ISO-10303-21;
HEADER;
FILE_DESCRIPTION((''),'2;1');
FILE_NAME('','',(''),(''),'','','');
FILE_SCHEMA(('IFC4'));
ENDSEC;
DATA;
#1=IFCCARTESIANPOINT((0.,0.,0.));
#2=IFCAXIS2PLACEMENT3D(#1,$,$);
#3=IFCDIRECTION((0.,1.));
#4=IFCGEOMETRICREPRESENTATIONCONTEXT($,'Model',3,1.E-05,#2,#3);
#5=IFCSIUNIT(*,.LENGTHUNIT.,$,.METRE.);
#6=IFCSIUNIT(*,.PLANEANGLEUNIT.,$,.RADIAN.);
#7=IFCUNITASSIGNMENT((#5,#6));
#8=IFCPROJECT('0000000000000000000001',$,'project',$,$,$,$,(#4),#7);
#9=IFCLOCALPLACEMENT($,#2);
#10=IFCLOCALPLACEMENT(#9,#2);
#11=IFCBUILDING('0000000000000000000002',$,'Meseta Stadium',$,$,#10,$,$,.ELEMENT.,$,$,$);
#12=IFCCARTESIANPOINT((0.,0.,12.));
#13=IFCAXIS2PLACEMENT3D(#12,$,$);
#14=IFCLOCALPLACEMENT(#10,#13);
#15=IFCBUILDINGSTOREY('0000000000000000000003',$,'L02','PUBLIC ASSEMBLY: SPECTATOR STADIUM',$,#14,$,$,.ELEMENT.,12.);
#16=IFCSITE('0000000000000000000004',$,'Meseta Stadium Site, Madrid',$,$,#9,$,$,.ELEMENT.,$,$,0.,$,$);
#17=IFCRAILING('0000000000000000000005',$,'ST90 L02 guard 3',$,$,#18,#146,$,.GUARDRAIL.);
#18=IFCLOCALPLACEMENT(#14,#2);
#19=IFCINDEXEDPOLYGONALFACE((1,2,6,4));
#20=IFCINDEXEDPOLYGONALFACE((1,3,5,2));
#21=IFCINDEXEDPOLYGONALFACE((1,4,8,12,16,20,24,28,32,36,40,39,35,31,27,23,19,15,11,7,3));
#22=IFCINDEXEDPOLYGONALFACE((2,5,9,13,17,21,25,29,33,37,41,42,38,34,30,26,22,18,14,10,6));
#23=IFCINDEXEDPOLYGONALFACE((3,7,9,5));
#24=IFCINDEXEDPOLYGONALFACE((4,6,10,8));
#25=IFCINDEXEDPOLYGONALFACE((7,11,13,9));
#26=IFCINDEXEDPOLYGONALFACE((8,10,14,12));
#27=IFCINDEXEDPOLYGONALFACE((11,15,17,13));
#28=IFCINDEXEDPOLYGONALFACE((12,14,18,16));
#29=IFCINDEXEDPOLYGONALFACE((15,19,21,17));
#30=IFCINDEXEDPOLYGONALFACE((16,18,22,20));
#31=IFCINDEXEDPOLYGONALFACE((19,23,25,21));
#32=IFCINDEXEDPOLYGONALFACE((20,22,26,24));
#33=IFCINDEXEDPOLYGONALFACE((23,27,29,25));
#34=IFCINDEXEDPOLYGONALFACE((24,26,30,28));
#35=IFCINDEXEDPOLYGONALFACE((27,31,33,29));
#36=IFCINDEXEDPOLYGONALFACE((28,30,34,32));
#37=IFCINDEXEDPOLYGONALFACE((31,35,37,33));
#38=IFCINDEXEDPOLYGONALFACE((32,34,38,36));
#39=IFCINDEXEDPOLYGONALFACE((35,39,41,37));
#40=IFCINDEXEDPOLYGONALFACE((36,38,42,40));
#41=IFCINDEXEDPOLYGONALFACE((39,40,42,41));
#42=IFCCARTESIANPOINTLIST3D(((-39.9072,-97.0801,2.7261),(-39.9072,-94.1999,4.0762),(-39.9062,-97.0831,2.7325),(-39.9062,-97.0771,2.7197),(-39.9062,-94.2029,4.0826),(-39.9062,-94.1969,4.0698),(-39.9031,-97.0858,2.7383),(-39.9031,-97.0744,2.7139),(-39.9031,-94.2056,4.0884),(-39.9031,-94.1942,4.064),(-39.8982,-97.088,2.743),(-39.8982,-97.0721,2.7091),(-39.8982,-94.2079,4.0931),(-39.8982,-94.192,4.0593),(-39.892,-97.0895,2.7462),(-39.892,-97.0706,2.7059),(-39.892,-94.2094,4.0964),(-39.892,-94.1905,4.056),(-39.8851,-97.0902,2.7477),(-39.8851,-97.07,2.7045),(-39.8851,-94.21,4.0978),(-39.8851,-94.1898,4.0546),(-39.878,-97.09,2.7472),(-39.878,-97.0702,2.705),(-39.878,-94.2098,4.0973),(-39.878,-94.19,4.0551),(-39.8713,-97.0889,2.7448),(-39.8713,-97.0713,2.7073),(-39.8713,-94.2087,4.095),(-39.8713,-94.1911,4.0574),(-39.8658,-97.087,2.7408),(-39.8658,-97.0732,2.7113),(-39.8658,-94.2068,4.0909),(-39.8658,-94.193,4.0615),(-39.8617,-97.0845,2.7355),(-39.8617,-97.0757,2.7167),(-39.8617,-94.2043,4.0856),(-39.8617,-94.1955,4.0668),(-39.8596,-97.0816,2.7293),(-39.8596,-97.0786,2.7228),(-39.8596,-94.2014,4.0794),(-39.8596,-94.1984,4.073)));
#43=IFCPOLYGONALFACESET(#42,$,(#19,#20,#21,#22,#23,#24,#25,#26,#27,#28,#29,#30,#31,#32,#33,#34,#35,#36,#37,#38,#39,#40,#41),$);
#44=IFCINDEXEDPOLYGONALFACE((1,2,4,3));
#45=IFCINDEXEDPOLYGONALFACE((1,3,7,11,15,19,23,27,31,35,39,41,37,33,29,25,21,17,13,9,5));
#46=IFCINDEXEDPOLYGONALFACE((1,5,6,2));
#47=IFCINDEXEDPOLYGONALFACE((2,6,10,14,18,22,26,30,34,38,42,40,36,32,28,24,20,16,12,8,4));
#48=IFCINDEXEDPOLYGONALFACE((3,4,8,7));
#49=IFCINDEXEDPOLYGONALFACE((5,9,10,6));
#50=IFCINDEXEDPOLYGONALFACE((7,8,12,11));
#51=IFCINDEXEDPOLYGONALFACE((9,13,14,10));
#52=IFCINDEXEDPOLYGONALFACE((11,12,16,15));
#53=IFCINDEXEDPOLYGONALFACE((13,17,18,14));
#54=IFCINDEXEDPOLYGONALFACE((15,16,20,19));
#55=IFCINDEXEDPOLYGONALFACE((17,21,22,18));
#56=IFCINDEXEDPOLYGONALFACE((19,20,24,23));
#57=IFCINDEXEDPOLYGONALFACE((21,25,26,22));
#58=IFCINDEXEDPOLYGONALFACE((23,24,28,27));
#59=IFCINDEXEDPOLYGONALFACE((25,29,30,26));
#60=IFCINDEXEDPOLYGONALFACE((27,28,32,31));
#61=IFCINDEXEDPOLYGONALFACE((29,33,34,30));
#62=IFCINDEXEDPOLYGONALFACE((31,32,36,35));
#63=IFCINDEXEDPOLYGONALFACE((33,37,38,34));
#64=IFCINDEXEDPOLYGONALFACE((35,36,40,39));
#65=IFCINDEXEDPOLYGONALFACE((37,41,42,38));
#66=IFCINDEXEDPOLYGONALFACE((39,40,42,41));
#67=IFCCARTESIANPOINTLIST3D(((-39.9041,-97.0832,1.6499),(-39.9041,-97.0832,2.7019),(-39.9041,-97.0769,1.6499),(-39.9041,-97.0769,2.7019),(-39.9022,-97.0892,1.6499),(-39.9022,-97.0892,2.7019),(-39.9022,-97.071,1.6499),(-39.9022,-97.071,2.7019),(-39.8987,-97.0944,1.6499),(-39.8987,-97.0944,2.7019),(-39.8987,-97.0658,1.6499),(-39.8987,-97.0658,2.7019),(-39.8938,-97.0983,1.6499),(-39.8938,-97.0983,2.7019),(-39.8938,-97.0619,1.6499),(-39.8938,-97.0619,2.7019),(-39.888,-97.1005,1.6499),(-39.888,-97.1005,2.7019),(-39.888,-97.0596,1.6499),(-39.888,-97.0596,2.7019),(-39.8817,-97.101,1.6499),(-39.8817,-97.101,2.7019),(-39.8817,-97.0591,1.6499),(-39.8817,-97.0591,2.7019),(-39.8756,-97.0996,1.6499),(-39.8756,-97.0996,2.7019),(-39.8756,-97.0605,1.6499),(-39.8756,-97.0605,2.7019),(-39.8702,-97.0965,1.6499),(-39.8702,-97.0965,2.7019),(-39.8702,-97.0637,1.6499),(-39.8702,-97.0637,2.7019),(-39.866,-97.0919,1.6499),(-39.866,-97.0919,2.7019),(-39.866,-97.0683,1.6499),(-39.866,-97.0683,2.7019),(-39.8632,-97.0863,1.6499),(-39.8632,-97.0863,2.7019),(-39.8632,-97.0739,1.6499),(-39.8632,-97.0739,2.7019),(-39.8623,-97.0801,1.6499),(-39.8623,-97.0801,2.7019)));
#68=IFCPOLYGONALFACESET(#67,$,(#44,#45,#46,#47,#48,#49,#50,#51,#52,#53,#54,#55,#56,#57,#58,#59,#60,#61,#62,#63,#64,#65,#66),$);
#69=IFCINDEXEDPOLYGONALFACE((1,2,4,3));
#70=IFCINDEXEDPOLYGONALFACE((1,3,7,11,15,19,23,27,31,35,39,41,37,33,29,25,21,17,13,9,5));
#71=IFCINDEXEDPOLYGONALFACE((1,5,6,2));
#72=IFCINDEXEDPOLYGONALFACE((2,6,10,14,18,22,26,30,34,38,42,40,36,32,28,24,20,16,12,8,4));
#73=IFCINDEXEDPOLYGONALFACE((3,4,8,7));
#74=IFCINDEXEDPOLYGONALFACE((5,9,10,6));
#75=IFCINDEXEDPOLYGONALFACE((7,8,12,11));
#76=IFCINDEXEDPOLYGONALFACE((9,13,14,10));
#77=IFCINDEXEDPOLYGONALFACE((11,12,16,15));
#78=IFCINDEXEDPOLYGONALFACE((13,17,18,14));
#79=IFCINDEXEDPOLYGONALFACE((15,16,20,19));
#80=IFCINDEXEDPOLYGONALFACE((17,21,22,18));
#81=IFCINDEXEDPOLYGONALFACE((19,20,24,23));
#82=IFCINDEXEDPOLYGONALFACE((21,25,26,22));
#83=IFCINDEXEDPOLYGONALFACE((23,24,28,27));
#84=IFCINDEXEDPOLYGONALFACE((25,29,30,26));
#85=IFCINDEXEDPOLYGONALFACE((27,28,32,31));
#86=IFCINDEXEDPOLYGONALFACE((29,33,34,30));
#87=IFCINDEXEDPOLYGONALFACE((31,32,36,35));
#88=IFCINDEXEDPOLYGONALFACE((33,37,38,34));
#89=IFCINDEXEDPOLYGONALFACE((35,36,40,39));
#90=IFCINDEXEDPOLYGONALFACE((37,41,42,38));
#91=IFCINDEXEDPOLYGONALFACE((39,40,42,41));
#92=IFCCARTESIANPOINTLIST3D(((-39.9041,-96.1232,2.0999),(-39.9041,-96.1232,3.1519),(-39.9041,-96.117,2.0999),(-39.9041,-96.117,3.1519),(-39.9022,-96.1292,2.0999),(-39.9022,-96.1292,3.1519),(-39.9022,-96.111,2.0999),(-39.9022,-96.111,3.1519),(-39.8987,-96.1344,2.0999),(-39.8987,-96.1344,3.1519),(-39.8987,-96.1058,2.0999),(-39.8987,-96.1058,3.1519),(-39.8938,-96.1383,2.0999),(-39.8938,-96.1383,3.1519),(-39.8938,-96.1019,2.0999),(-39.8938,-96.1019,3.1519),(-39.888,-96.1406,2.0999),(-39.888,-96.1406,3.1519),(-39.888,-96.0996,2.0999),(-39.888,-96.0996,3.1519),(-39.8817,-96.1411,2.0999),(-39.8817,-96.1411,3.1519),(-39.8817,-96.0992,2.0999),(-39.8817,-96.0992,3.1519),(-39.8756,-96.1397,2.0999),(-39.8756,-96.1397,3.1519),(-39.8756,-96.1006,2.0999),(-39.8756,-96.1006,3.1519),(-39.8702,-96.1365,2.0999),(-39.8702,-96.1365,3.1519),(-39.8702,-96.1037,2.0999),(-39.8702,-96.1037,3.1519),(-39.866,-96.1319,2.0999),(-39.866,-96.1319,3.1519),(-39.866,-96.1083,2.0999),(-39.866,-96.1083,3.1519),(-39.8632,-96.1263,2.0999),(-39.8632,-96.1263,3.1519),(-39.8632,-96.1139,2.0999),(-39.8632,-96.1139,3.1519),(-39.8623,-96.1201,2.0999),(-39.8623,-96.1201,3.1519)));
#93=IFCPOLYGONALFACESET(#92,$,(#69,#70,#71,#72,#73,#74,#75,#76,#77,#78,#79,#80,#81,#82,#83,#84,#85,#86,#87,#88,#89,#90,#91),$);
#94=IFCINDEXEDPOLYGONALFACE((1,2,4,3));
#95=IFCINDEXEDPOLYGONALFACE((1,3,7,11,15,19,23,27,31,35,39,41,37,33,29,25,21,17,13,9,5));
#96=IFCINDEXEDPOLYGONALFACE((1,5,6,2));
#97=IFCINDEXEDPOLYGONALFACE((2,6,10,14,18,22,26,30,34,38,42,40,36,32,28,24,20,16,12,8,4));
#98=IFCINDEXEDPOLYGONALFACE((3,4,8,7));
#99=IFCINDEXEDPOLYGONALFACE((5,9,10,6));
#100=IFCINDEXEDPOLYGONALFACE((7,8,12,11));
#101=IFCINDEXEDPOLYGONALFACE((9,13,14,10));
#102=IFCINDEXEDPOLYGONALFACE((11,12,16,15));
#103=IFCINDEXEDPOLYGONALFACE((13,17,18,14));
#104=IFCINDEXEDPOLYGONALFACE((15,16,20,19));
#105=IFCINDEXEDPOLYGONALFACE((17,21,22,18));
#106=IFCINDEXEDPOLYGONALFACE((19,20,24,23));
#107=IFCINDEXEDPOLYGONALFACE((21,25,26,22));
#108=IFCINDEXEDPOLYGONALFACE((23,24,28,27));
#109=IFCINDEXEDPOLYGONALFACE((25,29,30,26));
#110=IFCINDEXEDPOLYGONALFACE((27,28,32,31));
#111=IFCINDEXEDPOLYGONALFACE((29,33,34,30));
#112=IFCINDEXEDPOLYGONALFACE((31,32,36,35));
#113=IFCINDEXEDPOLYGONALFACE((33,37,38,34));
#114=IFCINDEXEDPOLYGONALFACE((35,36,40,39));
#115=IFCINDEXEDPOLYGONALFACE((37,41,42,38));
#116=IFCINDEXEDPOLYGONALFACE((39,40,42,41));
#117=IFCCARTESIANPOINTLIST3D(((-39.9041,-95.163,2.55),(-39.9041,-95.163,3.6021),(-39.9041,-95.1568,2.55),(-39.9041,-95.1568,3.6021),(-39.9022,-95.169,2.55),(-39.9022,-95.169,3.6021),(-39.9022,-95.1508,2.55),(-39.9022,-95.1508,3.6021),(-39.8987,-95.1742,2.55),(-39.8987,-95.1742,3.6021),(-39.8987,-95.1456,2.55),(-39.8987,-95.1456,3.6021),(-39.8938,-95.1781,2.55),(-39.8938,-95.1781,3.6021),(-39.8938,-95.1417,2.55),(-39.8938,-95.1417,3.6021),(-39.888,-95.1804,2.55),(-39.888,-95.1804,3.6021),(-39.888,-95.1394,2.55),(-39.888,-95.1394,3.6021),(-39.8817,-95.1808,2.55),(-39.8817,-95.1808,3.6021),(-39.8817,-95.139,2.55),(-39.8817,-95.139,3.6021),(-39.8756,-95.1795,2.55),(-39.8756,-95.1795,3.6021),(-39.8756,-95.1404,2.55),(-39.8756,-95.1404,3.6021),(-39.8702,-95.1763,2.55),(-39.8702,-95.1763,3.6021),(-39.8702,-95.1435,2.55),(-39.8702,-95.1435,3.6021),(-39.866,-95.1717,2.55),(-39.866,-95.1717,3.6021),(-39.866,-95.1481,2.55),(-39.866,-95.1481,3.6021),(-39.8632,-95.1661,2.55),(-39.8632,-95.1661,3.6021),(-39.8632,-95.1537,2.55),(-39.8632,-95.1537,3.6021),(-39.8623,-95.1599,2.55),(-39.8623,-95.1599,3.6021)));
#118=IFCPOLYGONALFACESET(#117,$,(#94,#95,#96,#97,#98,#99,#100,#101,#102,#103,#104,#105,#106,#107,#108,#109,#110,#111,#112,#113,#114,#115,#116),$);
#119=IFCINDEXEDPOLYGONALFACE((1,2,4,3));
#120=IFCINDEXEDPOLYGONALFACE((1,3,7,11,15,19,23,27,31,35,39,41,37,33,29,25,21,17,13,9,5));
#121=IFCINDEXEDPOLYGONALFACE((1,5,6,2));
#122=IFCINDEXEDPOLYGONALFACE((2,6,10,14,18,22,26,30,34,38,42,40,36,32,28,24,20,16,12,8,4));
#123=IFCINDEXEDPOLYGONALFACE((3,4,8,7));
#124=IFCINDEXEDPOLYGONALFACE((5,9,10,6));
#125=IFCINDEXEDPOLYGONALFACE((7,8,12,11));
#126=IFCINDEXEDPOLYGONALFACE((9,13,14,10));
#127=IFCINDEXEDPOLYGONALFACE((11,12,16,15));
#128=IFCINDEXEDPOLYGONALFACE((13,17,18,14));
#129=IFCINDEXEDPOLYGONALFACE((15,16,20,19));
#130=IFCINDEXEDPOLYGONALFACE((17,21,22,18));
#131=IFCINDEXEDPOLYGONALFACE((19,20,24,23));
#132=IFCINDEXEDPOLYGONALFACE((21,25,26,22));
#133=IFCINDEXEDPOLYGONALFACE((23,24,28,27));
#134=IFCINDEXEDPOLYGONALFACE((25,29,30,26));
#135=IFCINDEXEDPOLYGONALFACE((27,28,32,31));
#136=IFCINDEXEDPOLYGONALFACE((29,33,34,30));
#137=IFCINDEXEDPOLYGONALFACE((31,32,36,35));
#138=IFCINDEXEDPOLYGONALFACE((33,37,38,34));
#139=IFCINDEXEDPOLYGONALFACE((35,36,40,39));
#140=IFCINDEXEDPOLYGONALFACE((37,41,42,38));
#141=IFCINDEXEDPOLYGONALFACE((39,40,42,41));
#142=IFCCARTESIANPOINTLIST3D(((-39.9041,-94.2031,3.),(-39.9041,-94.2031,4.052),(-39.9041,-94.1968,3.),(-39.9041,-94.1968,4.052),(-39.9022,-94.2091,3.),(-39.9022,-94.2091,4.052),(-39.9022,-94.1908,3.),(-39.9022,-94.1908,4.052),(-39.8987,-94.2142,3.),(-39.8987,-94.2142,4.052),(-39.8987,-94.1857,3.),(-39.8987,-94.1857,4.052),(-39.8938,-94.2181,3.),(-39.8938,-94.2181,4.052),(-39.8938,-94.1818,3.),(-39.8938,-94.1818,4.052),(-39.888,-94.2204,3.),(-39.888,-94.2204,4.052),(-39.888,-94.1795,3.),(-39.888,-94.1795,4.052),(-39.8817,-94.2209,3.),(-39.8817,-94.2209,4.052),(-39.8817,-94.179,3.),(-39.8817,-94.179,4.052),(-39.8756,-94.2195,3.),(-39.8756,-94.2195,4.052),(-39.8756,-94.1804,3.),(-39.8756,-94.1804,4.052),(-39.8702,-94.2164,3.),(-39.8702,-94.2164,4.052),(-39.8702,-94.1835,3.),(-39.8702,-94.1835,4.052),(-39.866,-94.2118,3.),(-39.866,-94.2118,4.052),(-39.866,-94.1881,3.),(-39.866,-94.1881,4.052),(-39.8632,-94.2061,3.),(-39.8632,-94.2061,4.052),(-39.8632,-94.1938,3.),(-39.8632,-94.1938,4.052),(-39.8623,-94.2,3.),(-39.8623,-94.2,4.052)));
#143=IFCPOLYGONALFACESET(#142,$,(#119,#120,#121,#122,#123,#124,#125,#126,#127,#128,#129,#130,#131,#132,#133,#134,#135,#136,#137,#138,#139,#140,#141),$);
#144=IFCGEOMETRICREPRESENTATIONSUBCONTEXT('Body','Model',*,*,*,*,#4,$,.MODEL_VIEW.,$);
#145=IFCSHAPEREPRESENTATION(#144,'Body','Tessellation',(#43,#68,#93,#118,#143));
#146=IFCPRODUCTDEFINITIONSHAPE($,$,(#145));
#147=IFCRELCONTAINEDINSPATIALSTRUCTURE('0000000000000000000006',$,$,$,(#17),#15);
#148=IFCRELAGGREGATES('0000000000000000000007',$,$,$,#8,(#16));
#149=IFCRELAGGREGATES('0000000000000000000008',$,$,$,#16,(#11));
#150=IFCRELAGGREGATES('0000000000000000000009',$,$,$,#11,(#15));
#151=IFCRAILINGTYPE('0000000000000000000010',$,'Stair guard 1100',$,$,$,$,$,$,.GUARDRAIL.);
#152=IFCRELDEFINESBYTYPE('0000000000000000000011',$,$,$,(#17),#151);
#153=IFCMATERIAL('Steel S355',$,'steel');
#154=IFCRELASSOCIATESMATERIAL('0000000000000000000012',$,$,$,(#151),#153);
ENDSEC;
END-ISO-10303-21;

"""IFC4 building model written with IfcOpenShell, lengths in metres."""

from ifc_helpers import new_model, si_unit, direction, frame, origin, origin_2d, place, context, subcontext, project, spatial, circle, extrude, material, type_object, element, save


model = new_model("IFC4")

# Units and contexts
model_context = context("Model", 3, precision=1e-05, world=origin(), true_north=direction((0.0, 1.0)))
body_context = subcontext(model_context, "Body", "Model", "MODEL_VIEW")
ifc_project = project(units=[si_unit("LENGTHUNIT", "METRE"), si_unit("PLANEANGLEUNIT", "RADIAN")], contexts=[model_context])

# Site, building, storey
site_placement = place(None, origin())
site = spatial("IfcSite", under=ifc_project, at=site_placement, Name="Meseta Stadium Site, Madrid", CompositionType="ELEMENT", RefElevation=0.0)
building_placement = place(site_placement, origin())
building = spatial("IfcBuilding", under=site, at=building_placement, Name="Meseta Stadium", CompositionType="ELEMENT")
storey_placement = place(building_placement, frame((0.0, 0.0, 12.0)))
storey = spatial("IfcBuildingStorey", under=building, at=storey_placement, Name="L02", Description="PUBLIC ASSEMBLY: SPECTATOR STADIUM", CompositionType="ELEMENT", Elevation=12.0)

# Railing
ifc_material_1 = material(Name="Steel S355", Category="steel")
railing_type_1 = type_object("IfcRailingType", Name="Stair guard 1100", PredefinedType="GUARDRAIL", material=ifc_material_1)
railing_1_placement = place(storey_placement, frame((-39.8833, -97.0801, 1.6499)))
element("IfcRailing", 1, at=railing_1_placement, inside=storey, type_object=railing_type_1, Name="ST90 L02 guard 3", PredefinedType="GUARDRAIL", context=body_context, shape_type="SweptSolid", body=[
    extrude(circle(Radius=0.0239, at=origin_2d()), frame((0.0, 0.0, 1.0762), z_axis=(0.0, 0.905454, 0.424444), x_axis=(-1.0, 0.0, 0.0)), (0.0, 0.0, 1.0), 3.1809),
    extrude(circle(Radius=0.021, at=origin_2d()), origin(), (0.0, 0.0, 1.0), 1.052),
    extrude(circle(Radius=0.021, at=origin_2d()), frame((0.0, 0.96, 0.45)), (0.0, 0.0, 1.0), 1.052),
    extrude(circle(Radius=0.021, at=origin_2d()), frame((0.0, 1.9202, 0.9001)), (0.0, 0.0, 1.0), 1.052),
    extrude(circle(Radius=0.021, at=origin_2d()), frame((0.0, 2.8801, 1.3501)), (0.0, 0.0, 1.0), 1.052),
])

save(model, "model.ifc")
